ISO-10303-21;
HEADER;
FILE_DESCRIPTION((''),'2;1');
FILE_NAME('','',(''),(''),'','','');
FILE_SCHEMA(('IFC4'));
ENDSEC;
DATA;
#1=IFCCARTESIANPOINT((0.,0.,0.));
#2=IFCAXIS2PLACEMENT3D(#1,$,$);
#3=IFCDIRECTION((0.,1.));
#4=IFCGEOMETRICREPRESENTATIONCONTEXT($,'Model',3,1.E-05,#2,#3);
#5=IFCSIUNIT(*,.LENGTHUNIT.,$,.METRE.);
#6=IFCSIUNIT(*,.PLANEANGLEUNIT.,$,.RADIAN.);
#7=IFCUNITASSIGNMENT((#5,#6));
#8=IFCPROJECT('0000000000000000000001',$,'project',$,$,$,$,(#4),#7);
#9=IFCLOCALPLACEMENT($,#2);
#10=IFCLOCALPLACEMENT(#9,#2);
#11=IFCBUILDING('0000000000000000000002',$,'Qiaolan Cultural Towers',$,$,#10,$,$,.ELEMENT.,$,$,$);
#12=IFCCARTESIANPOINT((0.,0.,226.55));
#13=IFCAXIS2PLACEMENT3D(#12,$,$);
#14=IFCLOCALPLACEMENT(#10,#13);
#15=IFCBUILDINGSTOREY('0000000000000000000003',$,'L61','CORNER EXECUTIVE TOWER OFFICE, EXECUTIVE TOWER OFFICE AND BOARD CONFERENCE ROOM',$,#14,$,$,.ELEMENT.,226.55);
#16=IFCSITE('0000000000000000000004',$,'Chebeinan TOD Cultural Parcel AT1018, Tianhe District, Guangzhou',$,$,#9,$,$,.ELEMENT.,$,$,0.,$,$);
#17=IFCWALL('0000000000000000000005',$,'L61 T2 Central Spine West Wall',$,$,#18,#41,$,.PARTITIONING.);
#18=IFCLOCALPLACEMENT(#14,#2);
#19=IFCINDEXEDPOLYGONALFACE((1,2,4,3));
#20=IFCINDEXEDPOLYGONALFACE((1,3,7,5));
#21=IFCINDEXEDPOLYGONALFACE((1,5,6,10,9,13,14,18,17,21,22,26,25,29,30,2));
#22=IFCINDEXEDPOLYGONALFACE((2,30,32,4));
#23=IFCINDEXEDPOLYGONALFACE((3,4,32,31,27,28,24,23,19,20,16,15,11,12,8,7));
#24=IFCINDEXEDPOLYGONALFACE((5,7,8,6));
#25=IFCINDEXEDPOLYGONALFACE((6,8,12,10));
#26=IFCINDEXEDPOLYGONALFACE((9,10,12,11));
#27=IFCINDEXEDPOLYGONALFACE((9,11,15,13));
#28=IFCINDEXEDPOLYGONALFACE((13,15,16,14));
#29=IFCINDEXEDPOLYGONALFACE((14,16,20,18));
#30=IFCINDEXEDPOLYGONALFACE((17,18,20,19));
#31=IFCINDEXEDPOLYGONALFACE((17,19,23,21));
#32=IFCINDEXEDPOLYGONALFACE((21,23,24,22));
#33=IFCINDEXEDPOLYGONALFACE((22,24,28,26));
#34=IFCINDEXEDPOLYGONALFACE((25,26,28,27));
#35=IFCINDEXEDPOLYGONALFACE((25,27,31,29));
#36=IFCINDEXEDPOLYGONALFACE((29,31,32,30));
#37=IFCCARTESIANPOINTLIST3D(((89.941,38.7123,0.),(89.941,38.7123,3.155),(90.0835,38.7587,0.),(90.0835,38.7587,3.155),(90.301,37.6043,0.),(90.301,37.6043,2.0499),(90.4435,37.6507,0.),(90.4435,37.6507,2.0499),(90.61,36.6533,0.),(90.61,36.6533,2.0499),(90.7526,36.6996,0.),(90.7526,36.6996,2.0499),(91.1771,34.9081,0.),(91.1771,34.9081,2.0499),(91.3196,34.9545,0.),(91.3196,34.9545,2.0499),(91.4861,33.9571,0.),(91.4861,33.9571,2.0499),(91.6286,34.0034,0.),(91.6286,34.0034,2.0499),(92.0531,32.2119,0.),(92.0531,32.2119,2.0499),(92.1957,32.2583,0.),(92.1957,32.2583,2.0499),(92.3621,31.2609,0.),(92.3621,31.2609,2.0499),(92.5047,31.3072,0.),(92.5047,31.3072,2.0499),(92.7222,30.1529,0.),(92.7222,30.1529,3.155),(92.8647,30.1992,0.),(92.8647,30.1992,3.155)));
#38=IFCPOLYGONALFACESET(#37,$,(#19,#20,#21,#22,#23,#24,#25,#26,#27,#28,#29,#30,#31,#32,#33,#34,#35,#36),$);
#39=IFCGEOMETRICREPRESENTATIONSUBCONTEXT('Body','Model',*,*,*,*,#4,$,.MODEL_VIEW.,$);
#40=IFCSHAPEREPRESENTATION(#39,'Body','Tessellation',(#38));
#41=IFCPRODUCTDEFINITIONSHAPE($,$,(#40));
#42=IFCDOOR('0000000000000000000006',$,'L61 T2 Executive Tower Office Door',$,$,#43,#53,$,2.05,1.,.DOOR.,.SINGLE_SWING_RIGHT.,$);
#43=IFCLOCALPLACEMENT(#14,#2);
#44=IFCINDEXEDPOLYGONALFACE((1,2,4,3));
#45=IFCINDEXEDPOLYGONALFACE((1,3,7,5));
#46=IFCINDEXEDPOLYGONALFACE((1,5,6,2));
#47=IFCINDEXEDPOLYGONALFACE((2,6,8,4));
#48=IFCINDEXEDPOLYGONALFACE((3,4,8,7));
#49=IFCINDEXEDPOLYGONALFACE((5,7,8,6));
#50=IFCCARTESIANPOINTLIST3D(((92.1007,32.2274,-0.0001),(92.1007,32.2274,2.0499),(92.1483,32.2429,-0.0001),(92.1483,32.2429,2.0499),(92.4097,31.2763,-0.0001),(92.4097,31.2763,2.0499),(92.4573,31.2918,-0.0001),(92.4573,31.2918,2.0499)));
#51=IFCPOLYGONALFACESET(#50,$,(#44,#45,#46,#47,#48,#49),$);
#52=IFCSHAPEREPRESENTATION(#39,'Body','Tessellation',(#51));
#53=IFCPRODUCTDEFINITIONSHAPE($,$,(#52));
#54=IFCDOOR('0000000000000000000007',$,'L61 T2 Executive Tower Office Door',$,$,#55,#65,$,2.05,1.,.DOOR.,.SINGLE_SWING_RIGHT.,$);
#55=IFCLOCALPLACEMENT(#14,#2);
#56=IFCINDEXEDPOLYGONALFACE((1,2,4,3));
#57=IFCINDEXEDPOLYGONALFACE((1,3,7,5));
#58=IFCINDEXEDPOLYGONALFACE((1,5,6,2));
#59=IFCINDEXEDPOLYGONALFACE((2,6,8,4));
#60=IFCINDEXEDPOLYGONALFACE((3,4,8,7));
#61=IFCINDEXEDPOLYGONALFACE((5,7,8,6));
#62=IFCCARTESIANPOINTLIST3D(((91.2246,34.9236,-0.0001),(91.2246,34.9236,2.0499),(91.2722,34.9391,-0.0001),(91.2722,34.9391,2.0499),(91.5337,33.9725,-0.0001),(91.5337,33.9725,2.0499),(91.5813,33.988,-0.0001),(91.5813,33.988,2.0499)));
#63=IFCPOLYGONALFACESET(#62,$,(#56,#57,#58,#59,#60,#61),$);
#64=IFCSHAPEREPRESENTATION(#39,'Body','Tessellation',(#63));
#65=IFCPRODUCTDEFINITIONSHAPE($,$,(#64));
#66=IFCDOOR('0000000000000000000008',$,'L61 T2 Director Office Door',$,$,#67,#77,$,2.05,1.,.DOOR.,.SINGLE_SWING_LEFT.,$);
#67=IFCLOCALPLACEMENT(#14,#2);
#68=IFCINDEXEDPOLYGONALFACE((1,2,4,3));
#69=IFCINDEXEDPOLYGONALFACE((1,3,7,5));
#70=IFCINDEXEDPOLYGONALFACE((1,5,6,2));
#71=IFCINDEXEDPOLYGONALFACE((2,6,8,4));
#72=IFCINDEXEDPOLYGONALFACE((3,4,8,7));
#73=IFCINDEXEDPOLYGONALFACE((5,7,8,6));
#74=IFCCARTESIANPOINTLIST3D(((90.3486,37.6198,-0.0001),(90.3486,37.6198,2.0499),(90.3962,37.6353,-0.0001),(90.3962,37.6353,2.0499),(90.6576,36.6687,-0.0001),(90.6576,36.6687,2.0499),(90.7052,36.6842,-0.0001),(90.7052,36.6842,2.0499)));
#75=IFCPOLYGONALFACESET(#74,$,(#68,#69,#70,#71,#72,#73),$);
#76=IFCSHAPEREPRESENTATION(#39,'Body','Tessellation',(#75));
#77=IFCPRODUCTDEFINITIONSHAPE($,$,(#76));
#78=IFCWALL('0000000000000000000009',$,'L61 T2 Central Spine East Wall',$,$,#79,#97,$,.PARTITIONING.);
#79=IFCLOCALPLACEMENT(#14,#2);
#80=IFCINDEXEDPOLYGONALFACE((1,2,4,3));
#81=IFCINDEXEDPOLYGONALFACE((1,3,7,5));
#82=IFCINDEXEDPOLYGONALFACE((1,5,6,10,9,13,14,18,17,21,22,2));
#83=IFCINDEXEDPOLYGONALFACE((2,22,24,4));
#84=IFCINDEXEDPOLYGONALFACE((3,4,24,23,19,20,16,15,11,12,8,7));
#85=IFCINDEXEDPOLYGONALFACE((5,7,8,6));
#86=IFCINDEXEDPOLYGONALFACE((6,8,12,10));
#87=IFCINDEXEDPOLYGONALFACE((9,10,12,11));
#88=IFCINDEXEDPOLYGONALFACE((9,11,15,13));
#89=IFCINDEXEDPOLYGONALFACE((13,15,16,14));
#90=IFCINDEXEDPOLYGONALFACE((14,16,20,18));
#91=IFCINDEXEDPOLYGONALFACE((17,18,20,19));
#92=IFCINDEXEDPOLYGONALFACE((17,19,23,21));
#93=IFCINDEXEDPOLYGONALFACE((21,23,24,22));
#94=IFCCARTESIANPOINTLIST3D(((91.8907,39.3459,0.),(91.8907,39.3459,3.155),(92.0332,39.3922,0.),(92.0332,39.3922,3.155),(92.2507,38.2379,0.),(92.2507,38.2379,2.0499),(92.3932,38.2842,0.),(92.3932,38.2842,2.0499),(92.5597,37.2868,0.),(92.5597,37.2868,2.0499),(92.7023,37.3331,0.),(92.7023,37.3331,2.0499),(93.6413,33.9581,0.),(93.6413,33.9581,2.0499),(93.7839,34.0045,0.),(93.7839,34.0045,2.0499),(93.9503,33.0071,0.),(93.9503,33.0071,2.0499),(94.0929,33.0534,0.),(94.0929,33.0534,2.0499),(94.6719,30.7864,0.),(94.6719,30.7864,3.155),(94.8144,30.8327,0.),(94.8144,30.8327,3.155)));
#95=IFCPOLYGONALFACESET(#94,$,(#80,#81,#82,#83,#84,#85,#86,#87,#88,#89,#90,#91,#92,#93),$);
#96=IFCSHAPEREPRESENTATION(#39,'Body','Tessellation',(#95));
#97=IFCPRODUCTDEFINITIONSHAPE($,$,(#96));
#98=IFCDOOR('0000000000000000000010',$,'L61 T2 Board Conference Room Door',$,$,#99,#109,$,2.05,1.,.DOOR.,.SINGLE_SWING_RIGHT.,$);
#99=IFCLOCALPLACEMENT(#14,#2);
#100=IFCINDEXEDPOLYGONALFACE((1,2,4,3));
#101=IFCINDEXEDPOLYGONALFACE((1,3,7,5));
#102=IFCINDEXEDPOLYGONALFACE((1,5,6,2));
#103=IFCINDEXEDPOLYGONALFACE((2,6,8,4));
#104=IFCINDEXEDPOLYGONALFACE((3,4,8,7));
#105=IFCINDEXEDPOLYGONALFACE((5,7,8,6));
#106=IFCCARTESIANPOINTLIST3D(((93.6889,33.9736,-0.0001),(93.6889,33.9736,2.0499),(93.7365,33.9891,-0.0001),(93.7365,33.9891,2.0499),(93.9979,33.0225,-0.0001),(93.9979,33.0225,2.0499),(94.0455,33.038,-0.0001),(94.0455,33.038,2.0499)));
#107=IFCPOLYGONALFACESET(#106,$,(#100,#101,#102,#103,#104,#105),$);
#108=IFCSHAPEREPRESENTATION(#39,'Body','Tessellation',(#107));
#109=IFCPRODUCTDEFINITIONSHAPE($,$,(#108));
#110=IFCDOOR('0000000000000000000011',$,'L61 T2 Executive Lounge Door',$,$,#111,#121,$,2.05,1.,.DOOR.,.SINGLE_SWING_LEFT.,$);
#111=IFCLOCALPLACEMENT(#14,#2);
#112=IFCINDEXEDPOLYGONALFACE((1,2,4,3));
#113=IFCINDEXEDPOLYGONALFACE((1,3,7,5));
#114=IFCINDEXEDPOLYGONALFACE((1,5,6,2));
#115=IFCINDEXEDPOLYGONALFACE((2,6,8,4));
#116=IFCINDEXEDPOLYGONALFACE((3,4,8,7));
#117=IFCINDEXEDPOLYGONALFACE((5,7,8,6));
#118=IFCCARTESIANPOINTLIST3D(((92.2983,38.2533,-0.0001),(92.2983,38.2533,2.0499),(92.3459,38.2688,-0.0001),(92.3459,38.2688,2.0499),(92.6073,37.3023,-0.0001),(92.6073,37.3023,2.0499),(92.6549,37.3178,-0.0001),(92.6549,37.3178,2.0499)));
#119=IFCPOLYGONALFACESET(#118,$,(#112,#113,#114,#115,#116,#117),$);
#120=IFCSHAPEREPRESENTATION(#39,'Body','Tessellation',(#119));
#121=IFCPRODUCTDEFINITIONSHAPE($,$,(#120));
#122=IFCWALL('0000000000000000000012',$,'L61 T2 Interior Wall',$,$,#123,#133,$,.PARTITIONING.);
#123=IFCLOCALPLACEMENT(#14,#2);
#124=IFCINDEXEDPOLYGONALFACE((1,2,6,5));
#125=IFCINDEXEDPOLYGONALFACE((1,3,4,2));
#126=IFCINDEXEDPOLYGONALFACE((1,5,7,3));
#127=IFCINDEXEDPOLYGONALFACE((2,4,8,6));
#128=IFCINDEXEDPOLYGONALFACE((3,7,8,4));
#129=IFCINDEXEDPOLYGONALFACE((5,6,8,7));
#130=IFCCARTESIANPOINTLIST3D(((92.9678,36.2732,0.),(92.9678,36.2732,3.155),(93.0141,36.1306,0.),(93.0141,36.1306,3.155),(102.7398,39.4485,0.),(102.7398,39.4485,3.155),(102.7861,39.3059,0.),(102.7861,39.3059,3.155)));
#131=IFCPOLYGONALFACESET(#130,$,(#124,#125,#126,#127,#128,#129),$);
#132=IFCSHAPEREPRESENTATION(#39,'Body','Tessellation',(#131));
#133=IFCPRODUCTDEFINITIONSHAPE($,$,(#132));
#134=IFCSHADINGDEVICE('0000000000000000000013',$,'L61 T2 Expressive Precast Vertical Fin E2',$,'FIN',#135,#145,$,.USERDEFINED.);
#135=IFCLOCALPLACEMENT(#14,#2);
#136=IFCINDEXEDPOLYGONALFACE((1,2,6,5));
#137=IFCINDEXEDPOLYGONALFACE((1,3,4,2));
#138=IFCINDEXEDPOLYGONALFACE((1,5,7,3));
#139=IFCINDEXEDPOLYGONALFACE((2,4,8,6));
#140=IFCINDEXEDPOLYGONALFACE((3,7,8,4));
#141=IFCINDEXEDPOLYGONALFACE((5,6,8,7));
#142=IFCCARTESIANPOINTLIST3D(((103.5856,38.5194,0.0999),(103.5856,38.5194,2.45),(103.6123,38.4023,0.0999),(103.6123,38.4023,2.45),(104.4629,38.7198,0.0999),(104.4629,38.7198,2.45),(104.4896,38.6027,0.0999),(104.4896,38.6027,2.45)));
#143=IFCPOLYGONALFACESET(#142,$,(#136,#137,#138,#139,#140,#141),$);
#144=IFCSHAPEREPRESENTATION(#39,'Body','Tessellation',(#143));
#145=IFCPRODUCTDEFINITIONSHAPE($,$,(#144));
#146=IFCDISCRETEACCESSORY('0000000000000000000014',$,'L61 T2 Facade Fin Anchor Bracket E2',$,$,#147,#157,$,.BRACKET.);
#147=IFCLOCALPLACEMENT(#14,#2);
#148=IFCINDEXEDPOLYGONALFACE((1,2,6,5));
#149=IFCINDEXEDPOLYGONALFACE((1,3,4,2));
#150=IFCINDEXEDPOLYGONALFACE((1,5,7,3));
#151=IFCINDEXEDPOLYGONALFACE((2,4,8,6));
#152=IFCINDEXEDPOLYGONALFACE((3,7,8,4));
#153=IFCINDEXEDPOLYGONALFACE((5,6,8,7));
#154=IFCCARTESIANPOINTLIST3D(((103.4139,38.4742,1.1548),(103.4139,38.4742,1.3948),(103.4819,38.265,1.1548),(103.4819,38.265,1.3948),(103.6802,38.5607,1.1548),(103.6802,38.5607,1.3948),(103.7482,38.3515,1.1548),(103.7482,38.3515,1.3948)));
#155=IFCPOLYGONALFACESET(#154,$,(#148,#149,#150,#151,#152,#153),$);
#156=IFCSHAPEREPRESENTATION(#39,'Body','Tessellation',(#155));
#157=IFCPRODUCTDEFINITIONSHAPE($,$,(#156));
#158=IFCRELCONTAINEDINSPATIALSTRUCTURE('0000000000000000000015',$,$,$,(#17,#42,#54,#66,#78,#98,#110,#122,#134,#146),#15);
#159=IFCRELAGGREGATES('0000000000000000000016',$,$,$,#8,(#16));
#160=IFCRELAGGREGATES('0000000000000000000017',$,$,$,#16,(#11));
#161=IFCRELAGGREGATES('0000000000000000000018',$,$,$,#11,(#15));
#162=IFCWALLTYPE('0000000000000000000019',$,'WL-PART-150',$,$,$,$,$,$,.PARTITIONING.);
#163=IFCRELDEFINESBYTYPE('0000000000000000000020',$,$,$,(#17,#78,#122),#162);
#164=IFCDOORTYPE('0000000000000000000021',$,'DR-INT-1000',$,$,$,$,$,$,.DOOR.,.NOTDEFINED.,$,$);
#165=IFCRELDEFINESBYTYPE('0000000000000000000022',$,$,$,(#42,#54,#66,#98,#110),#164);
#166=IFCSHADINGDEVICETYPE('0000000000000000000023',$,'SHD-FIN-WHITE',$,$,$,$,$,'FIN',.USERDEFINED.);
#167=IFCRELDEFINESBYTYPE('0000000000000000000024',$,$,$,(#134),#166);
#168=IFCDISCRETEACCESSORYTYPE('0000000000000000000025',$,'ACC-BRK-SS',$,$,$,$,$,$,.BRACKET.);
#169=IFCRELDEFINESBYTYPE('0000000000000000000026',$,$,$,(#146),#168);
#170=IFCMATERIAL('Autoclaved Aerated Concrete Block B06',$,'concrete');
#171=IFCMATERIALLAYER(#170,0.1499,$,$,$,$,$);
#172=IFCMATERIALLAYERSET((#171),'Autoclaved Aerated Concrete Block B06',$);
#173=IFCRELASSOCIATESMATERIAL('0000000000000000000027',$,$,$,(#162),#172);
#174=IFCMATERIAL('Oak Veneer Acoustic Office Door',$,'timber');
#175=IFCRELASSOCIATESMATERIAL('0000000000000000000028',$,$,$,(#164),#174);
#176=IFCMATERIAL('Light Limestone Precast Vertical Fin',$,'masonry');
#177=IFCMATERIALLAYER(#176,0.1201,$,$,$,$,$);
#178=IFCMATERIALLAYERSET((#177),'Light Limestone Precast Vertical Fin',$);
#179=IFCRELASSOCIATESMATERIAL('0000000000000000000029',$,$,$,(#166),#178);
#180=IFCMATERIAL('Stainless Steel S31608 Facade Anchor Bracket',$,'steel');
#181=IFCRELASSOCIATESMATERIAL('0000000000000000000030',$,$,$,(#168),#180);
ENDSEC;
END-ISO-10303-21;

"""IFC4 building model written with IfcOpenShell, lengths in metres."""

from ifc_helpers import new_model, si_unit, direction, frame, frame_2d, origin, origin_2d, place, context, subcontext, project, spatial, rectangle, extrude, material, layer, layer_set, type_object, element, fill, save


model = new_model("IFC4")

# Units and contexts
model_context = context("Model", 3, precision=1e-05, world=origin(), true_north=direction((0.0, 1.0)))
body_context = subcontext(model_context, "Body", "Model", "MODEL_VIEW")
ifc_project = project(units=[si_unit("LENGTHUNIT", "METRE"), si_unit("PLANEANGLEUNIT", "RADIAN")], contexts=[model_context])

# Site, building, storey
site_placement = place(None, origin())
site = spatial("IfcSite", under=ifc_project, at=site_placement, Name="Chebeinan TOD Cultural Parcel AT1018, Tianhe District, Guangzhou", CompositionType="ELEMENT", RefElevation=0.0)
building_placement = place(site_placement, origin())
building = spatial("IfcBuilding", under=site, at=building_placement, Name="Qiaolan Cultural Towers", CompositionType="ELEMENT")
storey_placement = place(building_placement, frame((0.0, 0.0, 226.55)))
storey = spatial("IfcBuildingStorey", under=building, at=storey_placement, Name="L61", Description="CORNER EXECUTIVE TOWER OFFICE, EXECUTIVE TOWER OFFICE AND BOARD CONFERENCE ROOM", CompositionType="ELEMENT", Elevation=226.55)

# Shared definitions
ifc_material_1 = material(Name="Autoclaved Aerated Concrete Block B06", Category="concrete")
ifc_layer_1 = layer(ifc_material_1, 0.1499)
ifc_layer_set_1 = layer_set([ifc_layer_1], Name="Autoclaved Aerated Concrete Block B06")
wall_type = type_object("IfcWallType", Name="WL-PART-150", PredefinedType="PARTITIONING", material=ifc_layer_set_1)

# Walls, openings, doors
wall_1_placement = place(storey_placement, frame((92.7935, 30.176, 0.0), z_axis=(0.0, 0.0, 1.0), x_axis=(-0.309025, 0.951054, 0.0)))
wall_1 = element("IfcWall", 1, at=wall_1_placement, inside=storey, type_object=wall_type, Name="L61 T2 Central Spine West Wall", PredefinedType="PARTITIONING", context=body_context, shape_type="SweptSolid", body=[
    extrude(rectangle(XDim=9.0, YDim=0.1499, at=frame_2d((4.5, 0.0))), origin(), (0.0, 0.0, 1.0), 3.155),
])
opening_1_placement = place(wall_1_placement, frame((1.165, 0.0, 0.0)))
opening_1 = element("IfcOpeningElement", 2, at=opening_1_placement, cuts=wall_1, PredefinedType="OPENING", context=body_context, shape_type="SweptSolid", body=[
    extrude(rectangle(XDim=1.0, YDim=2.05, at=frame_2d((0.5, 1.0249))), frame((0.0, 0.085, 0.0), z_axis=(0.0, -1.0, 0.0), x_axis=(1.0, 0.0, 0.0)), (0.0, 0.0, 1.0), 0.1699),
])
opening_2_placement = place(wall_1_placement, frame((4.0, 0.0, 0.0)))
opening_2 = element("IfcOpeningElement", 3, at=opening_2_placement, cuts=wall_1, PredefinedType="OPENING", context=body_context, shape_type="SweptSolid", body=[
    extrude(rectangle(XDim=1.0, YDim=2.05, at=frame_2d((0.5, 1.0249))), frame((0.0, 0.085, 0.0), z_axis=(0.0, -1.0, 0.0), x_axis=(1.0, 0.0, 0.0)), (0.0, 0.0, 1.0), 0.1699),
])
opening_3_placement = place(wall_1_placement, frame((6.835, 0.0, 0.0)))
opening_3 = element("IfcOpeningElement", 4, at=opening_3_placement, cuts=wall_1, PredefinedType="OPENING", context=body_context, shape_type="SweptSolid", body=[
    extrude(rectangle(XDim=1.0, YDim=2.05, at=frame_2d((0.5, 1.0249))), frame((0.0, 0.085, 0.0), z_axis=(0.0, -1.0, 0.0), x_axis=(1.0, 0.0, 0.0)), (0.0, 0.0, 1.0), 0.1699),
])
ifc_material_2 = material(Name="Oak Veneer Acoustic Office Door", Category="timber")
door_type = type_object("IfcDoorType", Name="DR-INT-1000", OperationType="NOTDEFINED", PredefinedType="DOOR", material=ifc_material_2)
door_1_placement = place(opening_1_placement, origin())
door_1 = element("IfcDoor", 5, at=door_1_placement, inside=storey, type_object=door_type, Name="L61 T2 Executive Tower Office Door", OperationType="SINGLE_SWING_RIGHT", OverallHeight=2.05, OverallWidth=1.0, PredefinedType="DOOR", context=body_context, shape_type="SweptSolid", body=[
    extrude(rectangle(XDim=1.0, YDim=2.05, at=frame_2d((0.5, 1.0249))), frame((0.0, 0.0249, 0.0), z_axis=(0.0, -1.0, 0.0), x_axis=(1.0, 0.0, 0.0)), (0.0, 0.0, 1.0), 0.05),
])
fill(opening_1, door_1)
door_2_placement = place(opening_2_placement, origin())
door_2 = element("IfcDoor", 6, at=door_2_placement, inside=storey, type_object=door_type, Name="L61 T2 Executive Tower Office Door", OperationType="SINGLE_SWING_RIGHT", OverallHeight=2.05, OverallWidth=1.0, PredefinedType="DOOR", context=body_context, shape_type="SweptSolid", body=[
    extrude(rectangle(XDim=1.0, YDim=2.05, at=frame_2d((0.5, 1.0249))), frame((0.0, 0.0249, 0.0), z_axis=(0.0, -1.0, 0.0), x_axis=(1.0, 0.0, 0.0)), (0.0, 0.0, 1.0), 0.05),
])
fill(opening_2, door_2)
door_3_placement = place(opening_3_placement, origin())
door_3 = element("IfcDoor", 7, at=door_3_placement, inside=storey, type_object=door_type, Name="L61 T2 Director Office Door", OperationType="SINGLE_SWING_LEFT", OverallHeight=2.05, OverallWidth=1.0, PredefinedType="DOOR", context=body_context, shape_type="SweptSolid", body=[
    extrude(rectangle(XDim=1.0, YDim=2.05, at=frame_2d((0.5, 1.0249))), frame((0.0, 0.0249, 0.0), z_axis=(0.0, -1.0, 0.0), x_axis=(1.0, 0.0, 0.0)), (0.0, 0.0, 1.0), 0.05),
])
fill(opening_3, door_3)
wall_2_placement = place(storey_placement, frame((94.7432, 30.8096, 0.0), z_axis=(0.0, 0.0, 1.0), x_axis=(-0.309025, 0.951054, 0.0)))
wall_2 = element("IfcWall", 8, at=wall_2_placement, inside=storey, type_object=wall_type, Name="L61 T2 Central Spine East Wall", PredefinedType="PARTITIONING", context=body_context, shape_type="SweptSolid", body=[
    extrude(rectangle(XDim=9.0, YDim=0.1499, at=frame_2d((4.5, 0.0))), origin(), (0.0, 0.0, 1.0), 3.155),
])
opening_4_placement = place(wall_2_placement, frame((2.335, 0.0, 0.0)))
opening_4 = element("IfcOpeningElement", 9, at=opening_4_placement, cuts=wall_2, PredefinedType="OPENING", context=body_context, shape_type="SweptSolid", body=[
    extrude(rectangle(XDim=1.0, YDim=2.05, at=frame_2d((0.5, 1.0249))), frame((0.0, 0.085, 0.0), z_axis=(0.0, -1.0, 0.0), x_axis=(1.0, 0.0, 0.0)), (0.0, 0.0, 1.0), 0.1699),
])
opening_5_placement = place(wall_2_placement, frame((6.835, 0.0, 0.0)))
opening_5 = element("IfcOpeningElement", 10, at=opening_5_placement, cuts=wall_2, PredefinedType="OPENING", context=body_context, shape_type="SweptSolid", body=[
    extrude(rectangle(XDim=1.0, YDim=2.05, at=frame_2d((0.5, 1.0249))), frame((0.0, 0.085, 0.0), z_axis=(0.0, -1.0, 0.0), x_axis=(1.0, 0.0, 0.0)), (0.0, 0.0, 1.0), 0.1699),
])
door_4_placement = place(opening_4_placement, origin())
door_4 = element("IfcDoor", 11, at=door_4_placement, inside=storey, type_object=door_type, Name="L61 T2 Board Conference Room Door", OperationType="SINGLE_SWING_RIGHT", OverallHeight=2.05, OverallWidth=1.0, PredefinedType="DOOR", context=body_context, shape_type="SweptSolid", body=[
    extrude(rectangle(XDim=1.0, YDim=2.05, at=frame_2d((0.5, 1.0249))), frame((0.0, 0.0249, 0.0), z_axis=(0.0, -1.0, 0.0), x_axis=(1.0, 0.0, 0.0)), (0.0, 0.0, 1.0), 0.05),
])
fill(opening_4, door_4)
door_5_placement = place(opening_5_placement, origin())
door_5 = element("IfcDoor", 12, at=door_5_placement, inside=storey, type_object=door_type, Name="L61 T2 Executive Lounge Door", OperationType="SINGLE_SWING_LEFT", OverallHeight=2.05, OverallWidth=1.0, PredefinedType="DOOR", context=body_context, shape_type="SweptSolid", body=[
    extrude(rectangle(XDim=1.0, YDim=2.05, at=frame_2d((0.5, 1.0249))), frame((0.0, 0.0249, 0.0), z_axis=(0.0, -1.0, 0.0), x_axis=(1.0, 0.0, 0.0)), (0.0, 0.0, 1.0), 0.05),
])
fill(opening_5, door_5)

# Wall
wall_3_placement = place(storey_placement, frame((92.991, 36.2019, 0.0), z_axis=(0.0, 0.0, 1.0), x_axis=(0.951051, 0.309033, 0.0)))
element("IfcWall", 13, at=wall_3_placement, inside=storey, type_object=wall_type, Name="L61 T2 Interior Wall", PredefinedType="PARTITIONING", context=body_context, shape_type="SweptSolid", body=[
    extrude(rectangle(XDim=10.2749, YDim=0.1499, at=frame_2d((5.1375, 0.0))), origin(), (0.0, 0.0, 1.0), 3.155),
])

# Shading device
ifc_material_3 = material(Name="Light Limestone Precast Vertical Fin", Category="masonry")
ifc_layer_2 = layer(ifc_material_3, 0.1201)
ifc_layer_set_2 = layer_set([ifc_layer_2], Name="Light Limestone Precast Vertical Fin")
shading_device_type = type_object("IfcShadingDeviceType", Name="SHD-FIN-WHITE", ElementType="FIN", PredefinedType="USERDEFINED", material=ifc_layer_set_2)
shading_device_placement = place(storey_placement, frame((104.0376, 38.561, 0.0999), z_axis=(0.0, 0.0, 1.0), x_axis=(0.974879, 0.222735, 0.0)))
element("IfcShadingDevice", 14, at=shading_device_placement, inside=storey, type_object=shading_device_type, Name="L61 T2 Expressive Precast Vertical Fin E2", ObjectType="FIN", PredefinedType="USERDEFINED", context=body_context, shape_type="SweptSolid", body=[
    extrude(rectangle(XDim=0.8999, YDim=0.1201, at=origin_2d()), origin(), (0.0, 0.0, 1.0), 2.3501),
])

# Discrete accessory
ifc_material_4 = material(Name="Stainless Steel S31608 Facade Anchor Bracket", Category="steel")
discrete_accessory_type = type_object("IfcDiscreteAccessoryType", Name="ACC-BRK-SS", PredefinedType="BRACKET", material=ifc_material_4)
discrete_accessory_placement = place(storey_placement, frame((103.5811, 38.4128, 1.1548), z_axis=(0.0, 0.0, 1.0), x_axis=(0.951057, 0.309017, 0.0)))
element("IfcDiscreteAccessory", 15, at=discrete_accessory_placement, inside=storey, type_object=discrete_accessory_type, Name="L61 T2 Facade Fin Anchor Bracket E2", PredefinedType="BRACKET", context=body_context, shape_type="SweptSolid", body=[
    extrude(rectangle(XDim=0.28, YDim=0.22, at=origin_2d()), origin(), (0.0, 0.0, 1.0), 0.24),
])

save(model, "model.ifc")
